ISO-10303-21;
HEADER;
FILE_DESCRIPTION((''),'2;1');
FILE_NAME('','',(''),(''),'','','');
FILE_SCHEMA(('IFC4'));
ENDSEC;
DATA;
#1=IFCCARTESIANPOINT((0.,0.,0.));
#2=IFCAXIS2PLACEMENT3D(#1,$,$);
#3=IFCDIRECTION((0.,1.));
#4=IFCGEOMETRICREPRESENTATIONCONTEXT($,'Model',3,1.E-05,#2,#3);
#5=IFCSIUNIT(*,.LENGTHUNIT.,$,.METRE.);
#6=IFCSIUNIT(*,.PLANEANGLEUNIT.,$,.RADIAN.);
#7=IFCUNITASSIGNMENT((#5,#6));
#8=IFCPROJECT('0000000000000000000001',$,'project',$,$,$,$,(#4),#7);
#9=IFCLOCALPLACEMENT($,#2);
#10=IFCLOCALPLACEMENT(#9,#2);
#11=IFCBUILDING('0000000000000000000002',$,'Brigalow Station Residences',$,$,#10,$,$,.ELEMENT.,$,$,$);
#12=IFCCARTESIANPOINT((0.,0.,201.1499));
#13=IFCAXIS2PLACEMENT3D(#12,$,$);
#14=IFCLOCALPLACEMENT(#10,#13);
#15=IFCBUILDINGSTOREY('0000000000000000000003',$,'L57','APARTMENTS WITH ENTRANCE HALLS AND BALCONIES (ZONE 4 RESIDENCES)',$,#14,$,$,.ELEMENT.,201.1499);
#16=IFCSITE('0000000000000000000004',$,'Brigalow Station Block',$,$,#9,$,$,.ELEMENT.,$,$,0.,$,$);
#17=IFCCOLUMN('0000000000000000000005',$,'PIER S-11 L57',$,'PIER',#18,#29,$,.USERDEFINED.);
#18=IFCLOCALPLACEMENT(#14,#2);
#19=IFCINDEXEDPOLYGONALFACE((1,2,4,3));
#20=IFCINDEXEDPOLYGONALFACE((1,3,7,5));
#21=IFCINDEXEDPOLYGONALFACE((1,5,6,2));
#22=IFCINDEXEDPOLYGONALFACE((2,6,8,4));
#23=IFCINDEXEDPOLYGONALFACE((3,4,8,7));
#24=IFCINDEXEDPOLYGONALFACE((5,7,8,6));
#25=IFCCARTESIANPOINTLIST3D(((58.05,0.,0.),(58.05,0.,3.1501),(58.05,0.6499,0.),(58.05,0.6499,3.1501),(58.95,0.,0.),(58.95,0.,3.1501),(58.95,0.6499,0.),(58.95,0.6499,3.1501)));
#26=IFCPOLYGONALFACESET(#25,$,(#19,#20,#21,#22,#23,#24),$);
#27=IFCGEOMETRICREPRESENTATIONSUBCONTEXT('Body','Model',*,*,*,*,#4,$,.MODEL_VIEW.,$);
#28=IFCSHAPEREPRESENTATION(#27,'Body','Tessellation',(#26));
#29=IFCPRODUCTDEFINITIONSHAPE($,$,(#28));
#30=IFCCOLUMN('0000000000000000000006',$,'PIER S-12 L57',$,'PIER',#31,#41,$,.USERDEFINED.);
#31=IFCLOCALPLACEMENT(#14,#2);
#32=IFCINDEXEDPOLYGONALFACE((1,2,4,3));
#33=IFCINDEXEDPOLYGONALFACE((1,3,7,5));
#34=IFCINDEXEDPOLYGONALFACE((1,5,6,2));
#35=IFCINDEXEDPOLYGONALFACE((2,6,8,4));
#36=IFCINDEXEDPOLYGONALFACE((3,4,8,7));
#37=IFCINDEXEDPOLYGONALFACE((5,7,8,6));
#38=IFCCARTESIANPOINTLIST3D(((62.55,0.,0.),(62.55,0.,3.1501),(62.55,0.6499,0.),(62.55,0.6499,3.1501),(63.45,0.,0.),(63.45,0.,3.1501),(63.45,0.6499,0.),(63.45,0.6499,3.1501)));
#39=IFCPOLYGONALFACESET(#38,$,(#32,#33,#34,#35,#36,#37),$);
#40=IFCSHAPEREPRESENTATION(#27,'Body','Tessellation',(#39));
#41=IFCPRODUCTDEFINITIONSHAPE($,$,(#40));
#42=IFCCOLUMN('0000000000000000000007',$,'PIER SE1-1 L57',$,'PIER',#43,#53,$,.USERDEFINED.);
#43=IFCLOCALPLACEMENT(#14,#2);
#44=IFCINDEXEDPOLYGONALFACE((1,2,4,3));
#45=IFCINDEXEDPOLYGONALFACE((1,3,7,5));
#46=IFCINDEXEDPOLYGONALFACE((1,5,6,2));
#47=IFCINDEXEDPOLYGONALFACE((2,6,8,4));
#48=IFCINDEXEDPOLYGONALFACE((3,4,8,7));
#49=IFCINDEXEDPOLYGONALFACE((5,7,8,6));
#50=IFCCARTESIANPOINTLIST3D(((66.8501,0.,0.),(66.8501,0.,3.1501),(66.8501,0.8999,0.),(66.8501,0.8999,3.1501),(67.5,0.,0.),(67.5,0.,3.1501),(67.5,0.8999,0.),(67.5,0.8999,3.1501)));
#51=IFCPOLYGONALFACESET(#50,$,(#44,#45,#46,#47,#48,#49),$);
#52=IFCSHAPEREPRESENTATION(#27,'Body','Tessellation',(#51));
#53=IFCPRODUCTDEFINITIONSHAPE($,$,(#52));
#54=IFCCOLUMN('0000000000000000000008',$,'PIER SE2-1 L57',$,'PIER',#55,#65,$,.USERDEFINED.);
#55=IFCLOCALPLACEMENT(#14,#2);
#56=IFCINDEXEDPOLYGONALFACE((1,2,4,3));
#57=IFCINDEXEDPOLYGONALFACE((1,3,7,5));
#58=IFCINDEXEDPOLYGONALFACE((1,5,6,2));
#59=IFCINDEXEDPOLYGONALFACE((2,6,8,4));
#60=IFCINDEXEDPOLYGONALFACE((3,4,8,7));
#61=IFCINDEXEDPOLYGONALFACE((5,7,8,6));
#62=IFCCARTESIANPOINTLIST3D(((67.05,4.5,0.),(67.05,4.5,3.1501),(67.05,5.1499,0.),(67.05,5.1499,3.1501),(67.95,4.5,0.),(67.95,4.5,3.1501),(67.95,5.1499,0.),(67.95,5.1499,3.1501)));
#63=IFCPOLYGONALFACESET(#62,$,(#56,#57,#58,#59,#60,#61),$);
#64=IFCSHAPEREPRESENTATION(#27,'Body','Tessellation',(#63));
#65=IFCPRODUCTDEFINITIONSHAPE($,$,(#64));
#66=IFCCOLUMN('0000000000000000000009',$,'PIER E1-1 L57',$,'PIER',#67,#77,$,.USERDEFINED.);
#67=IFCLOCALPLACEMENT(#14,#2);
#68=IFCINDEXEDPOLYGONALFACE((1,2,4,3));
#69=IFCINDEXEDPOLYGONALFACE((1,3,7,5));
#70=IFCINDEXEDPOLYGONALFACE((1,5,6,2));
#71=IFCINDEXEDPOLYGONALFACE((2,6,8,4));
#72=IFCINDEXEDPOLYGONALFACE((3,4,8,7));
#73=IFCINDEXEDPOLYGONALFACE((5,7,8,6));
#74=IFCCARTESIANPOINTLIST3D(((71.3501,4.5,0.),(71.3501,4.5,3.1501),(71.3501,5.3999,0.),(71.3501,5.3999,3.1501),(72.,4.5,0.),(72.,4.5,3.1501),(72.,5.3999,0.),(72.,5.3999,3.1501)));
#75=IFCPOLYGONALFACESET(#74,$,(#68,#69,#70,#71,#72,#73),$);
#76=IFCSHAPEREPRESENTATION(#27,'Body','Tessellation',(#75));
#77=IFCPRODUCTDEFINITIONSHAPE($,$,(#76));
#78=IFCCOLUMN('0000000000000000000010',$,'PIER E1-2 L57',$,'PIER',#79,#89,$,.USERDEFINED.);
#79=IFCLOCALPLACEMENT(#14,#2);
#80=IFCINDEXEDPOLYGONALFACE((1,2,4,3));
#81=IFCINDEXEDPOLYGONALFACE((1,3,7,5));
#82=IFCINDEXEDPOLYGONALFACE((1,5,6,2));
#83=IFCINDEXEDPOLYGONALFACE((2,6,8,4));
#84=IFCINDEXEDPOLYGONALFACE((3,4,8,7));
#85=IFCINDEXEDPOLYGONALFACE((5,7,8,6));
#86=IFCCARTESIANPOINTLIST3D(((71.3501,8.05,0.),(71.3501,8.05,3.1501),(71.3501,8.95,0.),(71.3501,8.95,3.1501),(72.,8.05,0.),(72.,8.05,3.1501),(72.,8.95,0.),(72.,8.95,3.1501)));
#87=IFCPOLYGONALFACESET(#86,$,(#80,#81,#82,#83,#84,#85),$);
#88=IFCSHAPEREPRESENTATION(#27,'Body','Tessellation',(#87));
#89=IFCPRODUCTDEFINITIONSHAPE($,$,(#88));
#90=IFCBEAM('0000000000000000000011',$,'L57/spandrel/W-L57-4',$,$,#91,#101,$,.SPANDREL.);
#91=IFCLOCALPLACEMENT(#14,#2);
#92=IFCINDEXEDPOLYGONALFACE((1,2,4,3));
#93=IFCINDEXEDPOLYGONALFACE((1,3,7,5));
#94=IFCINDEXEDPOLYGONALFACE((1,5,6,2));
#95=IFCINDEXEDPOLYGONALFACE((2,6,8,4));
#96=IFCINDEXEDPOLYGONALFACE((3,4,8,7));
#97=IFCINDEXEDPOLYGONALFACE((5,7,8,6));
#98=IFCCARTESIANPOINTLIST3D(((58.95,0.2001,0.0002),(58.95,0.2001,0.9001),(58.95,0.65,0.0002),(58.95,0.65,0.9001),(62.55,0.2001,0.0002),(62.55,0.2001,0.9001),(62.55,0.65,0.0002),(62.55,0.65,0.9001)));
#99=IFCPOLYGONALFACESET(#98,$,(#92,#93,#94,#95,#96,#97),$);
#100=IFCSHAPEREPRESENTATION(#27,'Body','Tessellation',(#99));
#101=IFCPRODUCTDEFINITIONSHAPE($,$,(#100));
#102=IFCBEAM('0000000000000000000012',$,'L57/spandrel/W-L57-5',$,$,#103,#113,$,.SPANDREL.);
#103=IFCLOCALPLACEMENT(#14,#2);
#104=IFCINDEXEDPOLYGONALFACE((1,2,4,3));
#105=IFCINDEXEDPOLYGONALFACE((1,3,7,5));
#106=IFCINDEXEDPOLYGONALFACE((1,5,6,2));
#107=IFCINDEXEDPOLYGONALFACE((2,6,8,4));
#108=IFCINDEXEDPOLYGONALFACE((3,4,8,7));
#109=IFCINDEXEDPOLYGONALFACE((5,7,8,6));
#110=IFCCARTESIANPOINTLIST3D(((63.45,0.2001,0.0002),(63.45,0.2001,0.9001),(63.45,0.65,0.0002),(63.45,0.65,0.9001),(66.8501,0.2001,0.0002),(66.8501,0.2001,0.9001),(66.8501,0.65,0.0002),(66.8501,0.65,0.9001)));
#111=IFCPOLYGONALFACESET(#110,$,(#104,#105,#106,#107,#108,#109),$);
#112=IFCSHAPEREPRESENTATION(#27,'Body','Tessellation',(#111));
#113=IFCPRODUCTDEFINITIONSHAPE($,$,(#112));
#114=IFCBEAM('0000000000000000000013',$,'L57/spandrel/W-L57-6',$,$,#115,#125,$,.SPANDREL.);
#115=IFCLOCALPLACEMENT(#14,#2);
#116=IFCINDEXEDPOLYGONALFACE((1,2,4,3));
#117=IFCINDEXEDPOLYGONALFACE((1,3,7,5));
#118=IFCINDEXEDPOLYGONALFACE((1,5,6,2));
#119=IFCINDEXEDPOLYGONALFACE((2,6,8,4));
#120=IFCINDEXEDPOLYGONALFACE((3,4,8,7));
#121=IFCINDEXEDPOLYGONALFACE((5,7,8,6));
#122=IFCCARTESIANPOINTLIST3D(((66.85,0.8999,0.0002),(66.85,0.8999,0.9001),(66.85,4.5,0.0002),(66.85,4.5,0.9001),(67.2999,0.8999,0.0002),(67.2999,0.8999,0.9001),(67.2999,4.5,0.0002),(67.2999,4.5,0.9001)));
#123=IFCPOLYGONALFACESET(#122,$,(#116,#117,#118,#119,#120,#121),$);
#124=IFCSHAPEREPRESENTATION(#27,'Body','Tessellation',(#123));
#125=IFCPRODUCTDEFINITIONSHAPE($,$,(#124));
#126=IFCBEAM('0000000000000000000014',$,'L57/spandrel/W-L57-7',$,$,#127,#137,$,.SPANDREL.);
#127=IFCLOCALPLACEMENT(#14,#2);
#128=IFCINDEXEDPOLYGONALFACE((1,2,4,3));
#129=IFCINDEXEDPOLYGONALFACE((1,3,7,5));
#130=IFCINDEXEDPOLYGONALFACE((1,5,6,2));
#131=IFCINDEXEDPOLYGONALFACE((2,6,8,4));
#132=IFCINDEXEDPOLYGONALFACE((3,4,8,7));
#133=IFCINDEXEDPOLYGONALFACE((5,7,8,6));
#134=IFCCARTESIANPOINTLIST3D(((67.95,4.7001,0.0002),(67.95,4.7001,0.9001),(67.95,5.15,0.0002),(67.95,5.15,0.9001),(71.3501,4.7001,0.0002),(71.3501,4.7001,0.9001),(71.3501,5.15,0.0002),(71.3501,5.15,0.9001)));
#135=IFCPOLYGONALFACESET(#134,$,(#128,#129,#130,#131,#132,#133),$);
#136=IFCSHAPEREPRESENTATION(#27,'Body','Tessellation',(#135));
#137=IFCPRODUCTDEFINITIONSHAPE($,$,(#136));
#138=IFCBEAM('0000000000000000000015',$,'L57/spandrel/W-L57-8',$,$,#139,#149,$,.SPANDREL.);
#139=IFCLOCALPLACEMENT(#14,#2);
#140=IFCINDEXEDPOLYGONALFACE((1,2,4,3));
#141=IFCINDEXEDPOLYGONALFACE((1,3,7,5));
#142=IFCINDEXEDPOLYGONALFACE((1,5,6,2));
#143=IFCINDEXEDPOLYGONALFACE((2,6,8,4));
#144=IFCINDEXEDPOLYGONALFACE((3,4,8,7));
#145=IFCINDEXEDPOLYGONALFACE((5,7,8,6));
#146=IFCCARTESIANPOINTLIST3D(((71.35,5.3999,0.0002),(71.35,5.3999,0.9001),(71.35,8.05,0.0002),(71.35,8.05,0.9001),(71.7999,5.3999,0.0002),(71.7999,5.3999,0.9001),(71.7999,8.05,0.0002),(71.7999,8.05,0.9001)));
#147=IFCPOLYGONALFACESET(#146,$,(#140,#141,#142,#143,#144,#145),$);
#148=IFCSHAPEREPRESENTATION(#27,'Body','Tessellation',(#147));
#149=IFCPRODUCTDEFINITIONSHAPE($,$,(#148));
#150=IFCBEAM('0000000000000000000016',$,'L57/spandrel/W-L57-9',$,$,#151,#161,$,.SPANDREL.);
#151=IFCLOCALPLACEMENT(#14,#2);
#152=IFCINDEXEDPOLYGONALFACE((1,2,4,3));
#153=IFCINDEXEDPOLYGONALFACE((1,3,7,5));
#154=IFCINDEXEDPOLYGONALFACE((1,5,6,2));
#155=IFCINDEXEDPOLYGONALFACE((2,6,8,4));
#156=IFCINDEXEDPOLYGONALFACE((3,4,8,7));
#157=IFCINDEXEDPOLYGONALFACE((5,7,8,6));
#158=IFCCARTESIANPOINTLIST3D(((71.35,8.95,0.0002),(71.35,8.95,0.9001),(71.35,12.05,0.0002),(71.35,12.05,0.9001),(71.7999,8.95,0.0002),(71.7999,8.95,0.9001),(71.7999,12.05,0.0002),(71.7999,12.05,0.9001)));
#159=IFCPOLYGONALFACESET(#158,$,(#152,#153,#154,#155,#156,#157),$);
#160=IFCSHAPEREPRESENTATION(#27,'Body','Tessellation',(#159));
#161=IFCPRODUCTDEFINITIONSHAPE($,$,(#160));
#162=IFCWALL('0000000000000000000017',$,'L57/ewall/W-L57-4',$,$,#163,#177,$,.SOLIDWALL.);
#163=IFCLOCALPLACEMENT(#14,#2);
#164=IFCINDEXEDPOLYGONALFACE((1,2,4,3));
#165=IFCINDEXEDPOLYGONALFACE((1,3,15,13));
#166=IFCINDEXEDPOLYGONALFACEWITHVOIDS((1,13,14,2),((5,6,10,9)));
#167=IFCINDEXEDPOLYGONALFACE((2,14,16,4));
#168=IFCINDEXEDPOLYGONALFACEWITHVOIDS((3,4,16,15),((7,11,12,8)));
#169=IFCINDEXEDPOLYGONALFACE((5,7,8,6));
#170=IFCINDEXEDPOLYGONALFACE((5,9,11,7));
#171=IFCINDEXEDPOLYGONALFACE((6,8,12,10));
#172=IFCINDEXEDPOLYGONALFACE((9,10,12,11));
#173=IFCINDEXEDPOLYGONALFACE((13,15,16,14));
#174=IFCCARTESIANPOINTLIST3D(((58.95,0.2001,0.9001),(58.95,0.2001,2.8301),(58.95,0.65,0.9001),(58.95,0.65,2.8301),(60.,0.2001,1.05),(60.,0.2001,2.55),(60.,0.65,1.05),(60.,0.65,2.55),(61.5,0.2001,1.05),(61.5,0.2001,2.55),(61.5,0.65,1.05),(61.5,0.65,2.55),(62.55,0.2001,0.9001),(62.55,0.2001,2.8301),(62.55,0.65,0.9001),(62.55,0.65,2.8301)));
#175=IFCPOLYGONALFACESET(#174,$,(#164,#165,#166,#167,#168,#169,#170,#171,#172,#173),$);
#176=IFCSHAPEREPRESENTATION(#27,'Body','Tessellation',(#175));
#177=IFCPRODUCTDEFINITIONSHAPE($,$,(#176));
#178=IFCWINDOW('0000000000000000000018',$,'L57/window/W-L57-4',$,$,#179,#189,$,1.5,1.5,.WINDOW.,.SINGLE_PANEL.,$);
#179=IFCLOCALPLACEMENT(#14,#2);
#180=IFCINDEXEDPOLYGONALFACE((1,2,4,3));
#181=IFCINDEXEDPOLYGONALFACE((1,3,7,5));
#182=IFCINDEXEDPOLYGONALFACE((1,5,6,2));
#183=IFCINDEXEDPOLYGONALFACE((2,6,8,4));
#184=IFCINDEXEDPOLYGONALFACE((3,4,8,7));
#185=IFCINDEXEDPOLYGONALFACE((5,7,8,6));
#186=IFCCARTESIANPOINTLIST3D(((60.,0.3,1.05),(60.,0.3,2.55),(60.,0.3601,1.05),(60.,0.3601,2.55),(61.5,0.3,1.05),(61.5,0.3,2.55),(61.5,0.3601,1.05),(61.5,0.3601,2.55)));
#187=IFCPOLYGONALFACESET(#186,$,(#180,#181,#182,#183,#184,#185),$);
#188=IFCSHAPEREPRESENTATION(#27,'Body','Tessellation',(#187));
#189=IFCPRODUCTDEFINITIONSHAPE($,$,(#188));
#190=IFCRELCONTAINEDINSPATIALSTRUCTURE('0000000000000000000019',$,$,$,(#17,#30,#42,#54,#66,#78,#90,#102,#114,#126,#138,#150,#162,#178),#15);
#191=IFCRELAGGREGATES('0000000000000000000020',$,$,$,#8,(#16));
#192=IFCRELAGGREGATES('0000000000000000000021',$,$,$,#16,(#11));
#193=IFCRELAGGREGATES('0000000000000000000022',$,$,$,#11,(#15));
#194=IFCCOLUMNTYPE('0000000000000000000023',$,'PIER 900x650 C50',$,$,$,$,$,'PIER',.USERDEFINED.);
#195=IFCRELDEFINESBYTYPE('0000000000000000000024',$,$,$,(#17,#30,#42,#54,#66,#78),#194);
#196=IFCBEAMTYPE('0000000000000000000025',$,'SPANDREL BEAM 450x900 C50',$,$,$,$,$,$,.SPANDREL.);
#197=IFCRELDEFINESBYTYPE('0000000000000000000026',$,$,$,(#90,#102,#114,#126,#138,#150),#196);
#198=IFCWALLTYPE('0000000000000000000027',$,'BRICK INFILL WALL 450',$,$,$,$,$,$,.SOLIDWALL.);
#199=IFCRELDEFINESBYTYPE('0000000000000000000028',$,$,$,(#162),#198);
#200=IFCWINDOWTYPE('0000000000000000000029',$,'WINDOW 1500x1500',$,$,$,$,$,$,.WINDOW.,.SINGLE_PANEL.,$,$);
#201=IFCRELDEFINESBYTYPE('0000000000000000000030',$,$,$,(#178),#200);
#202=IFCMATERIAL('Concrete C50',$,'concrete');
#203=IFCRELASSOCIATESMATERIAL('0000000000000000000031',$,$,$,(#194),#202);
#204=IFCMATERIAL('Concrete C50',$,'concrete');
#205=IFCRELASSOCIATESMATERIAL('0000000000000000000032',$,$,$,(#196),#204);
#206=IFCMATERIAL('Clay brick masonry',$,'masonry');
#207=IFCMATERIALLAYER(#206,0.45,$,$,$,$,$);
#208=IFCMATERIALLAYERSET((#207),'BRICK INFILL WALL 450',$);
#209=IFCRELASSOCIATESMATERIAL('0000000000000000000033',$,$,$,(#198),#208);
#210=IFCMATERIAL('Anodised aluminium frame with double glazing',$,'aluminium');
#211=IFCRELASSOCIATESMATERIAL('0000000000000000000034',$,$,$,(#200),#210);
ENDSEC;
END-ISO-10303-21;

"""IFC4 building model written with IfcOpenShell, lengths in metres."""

from ifc_helpers import new_model, si_unit, direction, frame, frame_2d, origin, origin_2d, place, context, subcontext, project, spatial, rectangle, extrude, material, layer, layer_set, material_profile, profile_set, type_object, element, fill, save


model = new_model("IFC4")

# Units and contexts
model_context = context("Model", 3, precision=1e-05, world=origin(), true_north=direction((0.0, 1.0)))
body_context = subcontext(model_context, "Body", "Model", "MODEL_VIEW")
ifc_project = project(units=[si_unit("LENGTHUNIT", "METRE"), si_unit("PLANEANGLEUNIT", "RADIAN")], contexts=[model_context])

# Site, building, storey
site_placement = place(None, origin())
site = spatial("IfcSite", under=ifc_project, at=site_placement, Name="Brigalow Station Block", CompositionType="ELEMENT", RefElevation=0.0)
building_placement = place(site_placement, origin())
building = spatial("IfcBuilding", under=site, at=building_placement, Name="Brigalow Station Residences", CompositionType="ELEMENT")
storey_placement = place(building_placement, frame((0.0, 0.0, 201.1499)))
storey = spatial("IfcBuildingStorey", under=building, at=storey_placement, Name="L57", Description="APARTMENTS WITH ENTRANCE HALLS AND BALCONIES (ZONE 4 RESIDENCES)", CompositionType="ELEMENT", Elevation=201.1499)

# Columns
ifc_material_1 = material(Name="Concrete C50", Category="concrete")
ifc_material_profile_1 = material_profile(ifc_material_1, rectangle(XDim=0.8999, YDim=0.6499, at=origin_2d()), Name="RC900x650")
ifc_profile_set_1 = profile_set([ifc_material_profile_1], Name="Concrete C50")
column_type = type_object("IfcColumnType", Name="PIER 900x650 C50", ElementType="PIER", PredefinedType="USERDEFINED", material=ifc_profile_set_1)
for number, where, z_axis, x_axis, name in (
    (1, (58.5, 0.325, 0.0), (0.0, 0.0, 1.0), (1.0, 0.0, 0.0), "PIER S-11 L57"),
    (2, (63.0, 0.325, 0.0), (0.0, 0.0, 1.0), (1.0, 0.0, 0.0), "PIER S-12 L57"),
    (3, (67.175, 0.45, 0.0), (0.0, 0.0, 1.0), (0.0, 1.0, 0.0), "PIER SE1-1 L57"),
    (4, (67.5, 4.825, 0.0), (0.0, 0.0, 1.0), (1.0, 0.0, 0.0), "PIER SE2-1 L57"),
    (5, (71.675, 4.95, 0.0), (0.0, 0.0, 1.0), (0.0, 1.0, 0.0), "PIER E1-1 L57"),
    (6, (71.675, 8.5, 0.0), (0.0, 0.0, 1.0), (0.0, 1.0, 0.0), "PIER E1-2 L57"),
):
    element("IfcColumn", number, at=place(storey_placement, frame(where, z_axis=z_axis, x_axis=x_axis)), inside=storey, type_object=column_type, Name=name, ObjectType="PIER", PredefinedType="USERDEFINED", context=body_context, shape_type="SweptSolid", body=[
        extrude(rectangle(XDim=0.8999, YDim=0.6499, at=origin_2d()), origin(), (0.0, 0.0, 1.0), 3.1501),
    ])

# Beams
ifc_material_2 = material(Name="Concrete C50", Category="concrete")
ifc_material_profile_2 = material_profile(ifc_material_2, rectangle(XDim=0.45, YDim=0.8999, at=origin_2d()), Name="RC450x900")
ifc_profile_set_2 = profile_set([ifc_material_profile_2], Name="Concrete C50")
beam_type = type_object("IfcBeamType", Name="SPANDREL BEAM 450x900 C50", PredefinedType="SPANDREL", material=ifc_profile_set_2)
beam_1_placement = place(storey_placement, frame((58.95, 0.425, 0.4502), z_axis=(1.0, 0.0, 0.0), x_axis=(0.0, 1.0, 0.0)))
element("IfcBeam", 7, at=beam_1_placement, inside=storey, type_object=beam_type, Name="L57/spandrel/W-L57-4", PredefinedType="SPANDREL", context=body_context, shape_type="SweptSolid", body=[
    extrude(rectangle(XDim=0.45, YDim=0.8999, at=origin_2d()), origin(), (0.0, 0.0, 1.0), 3.6001),
])
beam_2_placement = place(storey_placement, frame((63.45, 0.425, 0.4502), z_axis=(1.0, 0.0, 0.0), x_axis=(0.0, 1.0, 0.0)))
element("IfcBeam", 8, at=beam_2_placement, inside=storey, type_object=beam_type, Name="L57/spandrel/W-L57-5", PredefinedType="SPANDREL", context=body_context, shape_type="SweptSolid", body=[
    extrude(rectangle(XDim=0.45, YDim=0.8999, at=origin_2d()), origin(), (0.0, 0.0, 1.0), 3.4001),
])
beam_3_placement = place(storey_placement, frame((67.075, 0.8999, 0.4502), z_axis=(0.0, 1.0, 0.0), x_axis=(-1.0, 0.0, 0.0)))
element("IfcBeam", 9, at=beam_3_placement, inside=storey, type_object=beam_type, Name="L57/spandrel/W-L57-6", PredefinedType="SPANDREL", context=body_context, shape_type="SweptSolid", body=[
    extrude(rectangle(XDim=0.45, YDim=0.8999, at=origin_2d()), origin(), (0.0, 0.0, 1.0), 3.6001),
])
beam_4_placement = place(storey_placement, frame((67.95, 4.925, 0.4502), z_axis=(1.0, 0.0, 0.0), x_axis=(0.0, 1.0, 0.0)))
element("IfcBeam", 10, at=beam_4_placement, inside=storey, type_object=beam_type, Name="L57/spandrel/W-L57-7", PredefinedType="SPANDREL", context=body_context, shape_type="SweptSolid", body=[
    extrude(rectangle(XDim=0.45, YDim=0.8999, at=origin_2d()), origin(), (0.0, 0.0, 1.0), 3.4001),
])
beam_5_placement = place(storey_placement, frame((71.575, 5.3999, 0.4502), z_axis=(0.0, 1.0, 0.0), x_axis=(-1.0, 0.0, 0.0)))
element("IfcBeam", 11, at=beam_5_placement, inside=storey, type_object=beam_type, Name="L57/spandrel/W-L57-8", PredefinedType="SPANDREL", context=body_context, shape_type="SweptSolid", body=[
    extrude(rectangle(XDim=0.45, YDim=0.8999, at=origin_2d()), origin(), (0.0, 0.0, 1.0), 2.6501),
])
beam_6_placement = place(storey_placement, frame((71.575, 8.95, 0.4502), z_axis=(0.0, 1.0, 0.0), x_axis=(-1.0, 0.0, 0.0)))
element("IfcBeam", 12, at=beam_6_placement, inside=storey, type_object=beam_type, Name="L57/spandrel/W-L57-9", PredefinedType="SPANDREL", context=body_context, shape_type="SweptSolid", body=[
    extrude(rectangle(XDim=0.45, YDim=0.8999, at=origin_2d()), origin(), (0.0, 0.0, 1.0), 3.1001),
])

# Wall, opening, window
ifc_material_3 = material(Name="Clay brick masonry", Category="masonry")
ifc_layer_1 = layer(ifc_material_3, 0.45)
ifc_layer_set_1 = layer_set([ifc_layer_1], Name="BRICK INFILL WALL 450")
wall_type_1 = type_object("IfcWallType", Name="BRICK INFILL WALL 450", PredefinedType="SOLIDWALL", material=ifc_layer_set_1)
wall_1_placement = place(storey_placement, frame((58.95, 0.425, 0.9001), z_axis=(0.0, 0.0, 1.0), x_axis=(1.0, 0.0, 0.0)))
wall_1 = element("IfcWall", 13, at=wall_1_placement, inside=storey, type_object=wall_type_1, Name="L57/ewall/W-L57-4", PredefinedType="SOLIDWALL", context=body_context, shape_type="SweptSolid", body=[
    extrude(rectangle(XDim=3.6001, YDim=0.45, at=frame_2d((1.8, 0.0))), origin(), (0.0, 0.0, 1.0), 1.9299),
])
opening_1_placement = place(wall_1_placement, frame((1.05, 0.0, 0.1499)))
opening_1 = element("IfcOpeningElement", 14, at=opening_1_placement, cuts=wall_1, PredefinedType="OPENING", context=body_context, shape_type="SweptSolid", body=[
    extrude(rectangle(XDim=1.5, YDim=1.5, at=frame_2d((0.75, 0.75))), frame((0.0, 0.2349, 0.0), z_axis=(0.0, -1.0, 0.0), x_axis=(1.0, 0.0, 0.0)), (0.0, 0.0, 1.0), 0.47),
])
ifc_material_4 = material(Name="Anodised aluminium frame with double glazing", Category="aluminium")
window_type_1 = type_object("IfcWindowType", Name="WINDOW 1500x1500", PartitioningType="SINGLE_PANEL", PredefinedType="WINDOW", material=ifc_material_4)
window_1_placement = place(opening_1_placement, origin())
window_1 = element("IfcWindow", 15, at=window_1_placement, inside=storey, type_object=window_type_1, Name="L57/window/W-L57-4", OverallHeight=1.5, OverallWidth=1.5, PartitioningType="SINGLE_PANEL", PredefinedType="WINDOW", context=body_context, shape_type="SweptSolid", body=[
    extrude(rectangle(XDim=1.5, YDim=1.5, at=frame_2d((0.75, 0.75))), frame((0.0, -0.0649, 0.0), z_axis=(0.0, -1.0, 0.0), x_axis=(1.0, 0.0, 0.0)), (0.0, 0.0, 1.0), 0.0601),
])
fill(opening_1, window_1)

save(model, "model.ifc")
